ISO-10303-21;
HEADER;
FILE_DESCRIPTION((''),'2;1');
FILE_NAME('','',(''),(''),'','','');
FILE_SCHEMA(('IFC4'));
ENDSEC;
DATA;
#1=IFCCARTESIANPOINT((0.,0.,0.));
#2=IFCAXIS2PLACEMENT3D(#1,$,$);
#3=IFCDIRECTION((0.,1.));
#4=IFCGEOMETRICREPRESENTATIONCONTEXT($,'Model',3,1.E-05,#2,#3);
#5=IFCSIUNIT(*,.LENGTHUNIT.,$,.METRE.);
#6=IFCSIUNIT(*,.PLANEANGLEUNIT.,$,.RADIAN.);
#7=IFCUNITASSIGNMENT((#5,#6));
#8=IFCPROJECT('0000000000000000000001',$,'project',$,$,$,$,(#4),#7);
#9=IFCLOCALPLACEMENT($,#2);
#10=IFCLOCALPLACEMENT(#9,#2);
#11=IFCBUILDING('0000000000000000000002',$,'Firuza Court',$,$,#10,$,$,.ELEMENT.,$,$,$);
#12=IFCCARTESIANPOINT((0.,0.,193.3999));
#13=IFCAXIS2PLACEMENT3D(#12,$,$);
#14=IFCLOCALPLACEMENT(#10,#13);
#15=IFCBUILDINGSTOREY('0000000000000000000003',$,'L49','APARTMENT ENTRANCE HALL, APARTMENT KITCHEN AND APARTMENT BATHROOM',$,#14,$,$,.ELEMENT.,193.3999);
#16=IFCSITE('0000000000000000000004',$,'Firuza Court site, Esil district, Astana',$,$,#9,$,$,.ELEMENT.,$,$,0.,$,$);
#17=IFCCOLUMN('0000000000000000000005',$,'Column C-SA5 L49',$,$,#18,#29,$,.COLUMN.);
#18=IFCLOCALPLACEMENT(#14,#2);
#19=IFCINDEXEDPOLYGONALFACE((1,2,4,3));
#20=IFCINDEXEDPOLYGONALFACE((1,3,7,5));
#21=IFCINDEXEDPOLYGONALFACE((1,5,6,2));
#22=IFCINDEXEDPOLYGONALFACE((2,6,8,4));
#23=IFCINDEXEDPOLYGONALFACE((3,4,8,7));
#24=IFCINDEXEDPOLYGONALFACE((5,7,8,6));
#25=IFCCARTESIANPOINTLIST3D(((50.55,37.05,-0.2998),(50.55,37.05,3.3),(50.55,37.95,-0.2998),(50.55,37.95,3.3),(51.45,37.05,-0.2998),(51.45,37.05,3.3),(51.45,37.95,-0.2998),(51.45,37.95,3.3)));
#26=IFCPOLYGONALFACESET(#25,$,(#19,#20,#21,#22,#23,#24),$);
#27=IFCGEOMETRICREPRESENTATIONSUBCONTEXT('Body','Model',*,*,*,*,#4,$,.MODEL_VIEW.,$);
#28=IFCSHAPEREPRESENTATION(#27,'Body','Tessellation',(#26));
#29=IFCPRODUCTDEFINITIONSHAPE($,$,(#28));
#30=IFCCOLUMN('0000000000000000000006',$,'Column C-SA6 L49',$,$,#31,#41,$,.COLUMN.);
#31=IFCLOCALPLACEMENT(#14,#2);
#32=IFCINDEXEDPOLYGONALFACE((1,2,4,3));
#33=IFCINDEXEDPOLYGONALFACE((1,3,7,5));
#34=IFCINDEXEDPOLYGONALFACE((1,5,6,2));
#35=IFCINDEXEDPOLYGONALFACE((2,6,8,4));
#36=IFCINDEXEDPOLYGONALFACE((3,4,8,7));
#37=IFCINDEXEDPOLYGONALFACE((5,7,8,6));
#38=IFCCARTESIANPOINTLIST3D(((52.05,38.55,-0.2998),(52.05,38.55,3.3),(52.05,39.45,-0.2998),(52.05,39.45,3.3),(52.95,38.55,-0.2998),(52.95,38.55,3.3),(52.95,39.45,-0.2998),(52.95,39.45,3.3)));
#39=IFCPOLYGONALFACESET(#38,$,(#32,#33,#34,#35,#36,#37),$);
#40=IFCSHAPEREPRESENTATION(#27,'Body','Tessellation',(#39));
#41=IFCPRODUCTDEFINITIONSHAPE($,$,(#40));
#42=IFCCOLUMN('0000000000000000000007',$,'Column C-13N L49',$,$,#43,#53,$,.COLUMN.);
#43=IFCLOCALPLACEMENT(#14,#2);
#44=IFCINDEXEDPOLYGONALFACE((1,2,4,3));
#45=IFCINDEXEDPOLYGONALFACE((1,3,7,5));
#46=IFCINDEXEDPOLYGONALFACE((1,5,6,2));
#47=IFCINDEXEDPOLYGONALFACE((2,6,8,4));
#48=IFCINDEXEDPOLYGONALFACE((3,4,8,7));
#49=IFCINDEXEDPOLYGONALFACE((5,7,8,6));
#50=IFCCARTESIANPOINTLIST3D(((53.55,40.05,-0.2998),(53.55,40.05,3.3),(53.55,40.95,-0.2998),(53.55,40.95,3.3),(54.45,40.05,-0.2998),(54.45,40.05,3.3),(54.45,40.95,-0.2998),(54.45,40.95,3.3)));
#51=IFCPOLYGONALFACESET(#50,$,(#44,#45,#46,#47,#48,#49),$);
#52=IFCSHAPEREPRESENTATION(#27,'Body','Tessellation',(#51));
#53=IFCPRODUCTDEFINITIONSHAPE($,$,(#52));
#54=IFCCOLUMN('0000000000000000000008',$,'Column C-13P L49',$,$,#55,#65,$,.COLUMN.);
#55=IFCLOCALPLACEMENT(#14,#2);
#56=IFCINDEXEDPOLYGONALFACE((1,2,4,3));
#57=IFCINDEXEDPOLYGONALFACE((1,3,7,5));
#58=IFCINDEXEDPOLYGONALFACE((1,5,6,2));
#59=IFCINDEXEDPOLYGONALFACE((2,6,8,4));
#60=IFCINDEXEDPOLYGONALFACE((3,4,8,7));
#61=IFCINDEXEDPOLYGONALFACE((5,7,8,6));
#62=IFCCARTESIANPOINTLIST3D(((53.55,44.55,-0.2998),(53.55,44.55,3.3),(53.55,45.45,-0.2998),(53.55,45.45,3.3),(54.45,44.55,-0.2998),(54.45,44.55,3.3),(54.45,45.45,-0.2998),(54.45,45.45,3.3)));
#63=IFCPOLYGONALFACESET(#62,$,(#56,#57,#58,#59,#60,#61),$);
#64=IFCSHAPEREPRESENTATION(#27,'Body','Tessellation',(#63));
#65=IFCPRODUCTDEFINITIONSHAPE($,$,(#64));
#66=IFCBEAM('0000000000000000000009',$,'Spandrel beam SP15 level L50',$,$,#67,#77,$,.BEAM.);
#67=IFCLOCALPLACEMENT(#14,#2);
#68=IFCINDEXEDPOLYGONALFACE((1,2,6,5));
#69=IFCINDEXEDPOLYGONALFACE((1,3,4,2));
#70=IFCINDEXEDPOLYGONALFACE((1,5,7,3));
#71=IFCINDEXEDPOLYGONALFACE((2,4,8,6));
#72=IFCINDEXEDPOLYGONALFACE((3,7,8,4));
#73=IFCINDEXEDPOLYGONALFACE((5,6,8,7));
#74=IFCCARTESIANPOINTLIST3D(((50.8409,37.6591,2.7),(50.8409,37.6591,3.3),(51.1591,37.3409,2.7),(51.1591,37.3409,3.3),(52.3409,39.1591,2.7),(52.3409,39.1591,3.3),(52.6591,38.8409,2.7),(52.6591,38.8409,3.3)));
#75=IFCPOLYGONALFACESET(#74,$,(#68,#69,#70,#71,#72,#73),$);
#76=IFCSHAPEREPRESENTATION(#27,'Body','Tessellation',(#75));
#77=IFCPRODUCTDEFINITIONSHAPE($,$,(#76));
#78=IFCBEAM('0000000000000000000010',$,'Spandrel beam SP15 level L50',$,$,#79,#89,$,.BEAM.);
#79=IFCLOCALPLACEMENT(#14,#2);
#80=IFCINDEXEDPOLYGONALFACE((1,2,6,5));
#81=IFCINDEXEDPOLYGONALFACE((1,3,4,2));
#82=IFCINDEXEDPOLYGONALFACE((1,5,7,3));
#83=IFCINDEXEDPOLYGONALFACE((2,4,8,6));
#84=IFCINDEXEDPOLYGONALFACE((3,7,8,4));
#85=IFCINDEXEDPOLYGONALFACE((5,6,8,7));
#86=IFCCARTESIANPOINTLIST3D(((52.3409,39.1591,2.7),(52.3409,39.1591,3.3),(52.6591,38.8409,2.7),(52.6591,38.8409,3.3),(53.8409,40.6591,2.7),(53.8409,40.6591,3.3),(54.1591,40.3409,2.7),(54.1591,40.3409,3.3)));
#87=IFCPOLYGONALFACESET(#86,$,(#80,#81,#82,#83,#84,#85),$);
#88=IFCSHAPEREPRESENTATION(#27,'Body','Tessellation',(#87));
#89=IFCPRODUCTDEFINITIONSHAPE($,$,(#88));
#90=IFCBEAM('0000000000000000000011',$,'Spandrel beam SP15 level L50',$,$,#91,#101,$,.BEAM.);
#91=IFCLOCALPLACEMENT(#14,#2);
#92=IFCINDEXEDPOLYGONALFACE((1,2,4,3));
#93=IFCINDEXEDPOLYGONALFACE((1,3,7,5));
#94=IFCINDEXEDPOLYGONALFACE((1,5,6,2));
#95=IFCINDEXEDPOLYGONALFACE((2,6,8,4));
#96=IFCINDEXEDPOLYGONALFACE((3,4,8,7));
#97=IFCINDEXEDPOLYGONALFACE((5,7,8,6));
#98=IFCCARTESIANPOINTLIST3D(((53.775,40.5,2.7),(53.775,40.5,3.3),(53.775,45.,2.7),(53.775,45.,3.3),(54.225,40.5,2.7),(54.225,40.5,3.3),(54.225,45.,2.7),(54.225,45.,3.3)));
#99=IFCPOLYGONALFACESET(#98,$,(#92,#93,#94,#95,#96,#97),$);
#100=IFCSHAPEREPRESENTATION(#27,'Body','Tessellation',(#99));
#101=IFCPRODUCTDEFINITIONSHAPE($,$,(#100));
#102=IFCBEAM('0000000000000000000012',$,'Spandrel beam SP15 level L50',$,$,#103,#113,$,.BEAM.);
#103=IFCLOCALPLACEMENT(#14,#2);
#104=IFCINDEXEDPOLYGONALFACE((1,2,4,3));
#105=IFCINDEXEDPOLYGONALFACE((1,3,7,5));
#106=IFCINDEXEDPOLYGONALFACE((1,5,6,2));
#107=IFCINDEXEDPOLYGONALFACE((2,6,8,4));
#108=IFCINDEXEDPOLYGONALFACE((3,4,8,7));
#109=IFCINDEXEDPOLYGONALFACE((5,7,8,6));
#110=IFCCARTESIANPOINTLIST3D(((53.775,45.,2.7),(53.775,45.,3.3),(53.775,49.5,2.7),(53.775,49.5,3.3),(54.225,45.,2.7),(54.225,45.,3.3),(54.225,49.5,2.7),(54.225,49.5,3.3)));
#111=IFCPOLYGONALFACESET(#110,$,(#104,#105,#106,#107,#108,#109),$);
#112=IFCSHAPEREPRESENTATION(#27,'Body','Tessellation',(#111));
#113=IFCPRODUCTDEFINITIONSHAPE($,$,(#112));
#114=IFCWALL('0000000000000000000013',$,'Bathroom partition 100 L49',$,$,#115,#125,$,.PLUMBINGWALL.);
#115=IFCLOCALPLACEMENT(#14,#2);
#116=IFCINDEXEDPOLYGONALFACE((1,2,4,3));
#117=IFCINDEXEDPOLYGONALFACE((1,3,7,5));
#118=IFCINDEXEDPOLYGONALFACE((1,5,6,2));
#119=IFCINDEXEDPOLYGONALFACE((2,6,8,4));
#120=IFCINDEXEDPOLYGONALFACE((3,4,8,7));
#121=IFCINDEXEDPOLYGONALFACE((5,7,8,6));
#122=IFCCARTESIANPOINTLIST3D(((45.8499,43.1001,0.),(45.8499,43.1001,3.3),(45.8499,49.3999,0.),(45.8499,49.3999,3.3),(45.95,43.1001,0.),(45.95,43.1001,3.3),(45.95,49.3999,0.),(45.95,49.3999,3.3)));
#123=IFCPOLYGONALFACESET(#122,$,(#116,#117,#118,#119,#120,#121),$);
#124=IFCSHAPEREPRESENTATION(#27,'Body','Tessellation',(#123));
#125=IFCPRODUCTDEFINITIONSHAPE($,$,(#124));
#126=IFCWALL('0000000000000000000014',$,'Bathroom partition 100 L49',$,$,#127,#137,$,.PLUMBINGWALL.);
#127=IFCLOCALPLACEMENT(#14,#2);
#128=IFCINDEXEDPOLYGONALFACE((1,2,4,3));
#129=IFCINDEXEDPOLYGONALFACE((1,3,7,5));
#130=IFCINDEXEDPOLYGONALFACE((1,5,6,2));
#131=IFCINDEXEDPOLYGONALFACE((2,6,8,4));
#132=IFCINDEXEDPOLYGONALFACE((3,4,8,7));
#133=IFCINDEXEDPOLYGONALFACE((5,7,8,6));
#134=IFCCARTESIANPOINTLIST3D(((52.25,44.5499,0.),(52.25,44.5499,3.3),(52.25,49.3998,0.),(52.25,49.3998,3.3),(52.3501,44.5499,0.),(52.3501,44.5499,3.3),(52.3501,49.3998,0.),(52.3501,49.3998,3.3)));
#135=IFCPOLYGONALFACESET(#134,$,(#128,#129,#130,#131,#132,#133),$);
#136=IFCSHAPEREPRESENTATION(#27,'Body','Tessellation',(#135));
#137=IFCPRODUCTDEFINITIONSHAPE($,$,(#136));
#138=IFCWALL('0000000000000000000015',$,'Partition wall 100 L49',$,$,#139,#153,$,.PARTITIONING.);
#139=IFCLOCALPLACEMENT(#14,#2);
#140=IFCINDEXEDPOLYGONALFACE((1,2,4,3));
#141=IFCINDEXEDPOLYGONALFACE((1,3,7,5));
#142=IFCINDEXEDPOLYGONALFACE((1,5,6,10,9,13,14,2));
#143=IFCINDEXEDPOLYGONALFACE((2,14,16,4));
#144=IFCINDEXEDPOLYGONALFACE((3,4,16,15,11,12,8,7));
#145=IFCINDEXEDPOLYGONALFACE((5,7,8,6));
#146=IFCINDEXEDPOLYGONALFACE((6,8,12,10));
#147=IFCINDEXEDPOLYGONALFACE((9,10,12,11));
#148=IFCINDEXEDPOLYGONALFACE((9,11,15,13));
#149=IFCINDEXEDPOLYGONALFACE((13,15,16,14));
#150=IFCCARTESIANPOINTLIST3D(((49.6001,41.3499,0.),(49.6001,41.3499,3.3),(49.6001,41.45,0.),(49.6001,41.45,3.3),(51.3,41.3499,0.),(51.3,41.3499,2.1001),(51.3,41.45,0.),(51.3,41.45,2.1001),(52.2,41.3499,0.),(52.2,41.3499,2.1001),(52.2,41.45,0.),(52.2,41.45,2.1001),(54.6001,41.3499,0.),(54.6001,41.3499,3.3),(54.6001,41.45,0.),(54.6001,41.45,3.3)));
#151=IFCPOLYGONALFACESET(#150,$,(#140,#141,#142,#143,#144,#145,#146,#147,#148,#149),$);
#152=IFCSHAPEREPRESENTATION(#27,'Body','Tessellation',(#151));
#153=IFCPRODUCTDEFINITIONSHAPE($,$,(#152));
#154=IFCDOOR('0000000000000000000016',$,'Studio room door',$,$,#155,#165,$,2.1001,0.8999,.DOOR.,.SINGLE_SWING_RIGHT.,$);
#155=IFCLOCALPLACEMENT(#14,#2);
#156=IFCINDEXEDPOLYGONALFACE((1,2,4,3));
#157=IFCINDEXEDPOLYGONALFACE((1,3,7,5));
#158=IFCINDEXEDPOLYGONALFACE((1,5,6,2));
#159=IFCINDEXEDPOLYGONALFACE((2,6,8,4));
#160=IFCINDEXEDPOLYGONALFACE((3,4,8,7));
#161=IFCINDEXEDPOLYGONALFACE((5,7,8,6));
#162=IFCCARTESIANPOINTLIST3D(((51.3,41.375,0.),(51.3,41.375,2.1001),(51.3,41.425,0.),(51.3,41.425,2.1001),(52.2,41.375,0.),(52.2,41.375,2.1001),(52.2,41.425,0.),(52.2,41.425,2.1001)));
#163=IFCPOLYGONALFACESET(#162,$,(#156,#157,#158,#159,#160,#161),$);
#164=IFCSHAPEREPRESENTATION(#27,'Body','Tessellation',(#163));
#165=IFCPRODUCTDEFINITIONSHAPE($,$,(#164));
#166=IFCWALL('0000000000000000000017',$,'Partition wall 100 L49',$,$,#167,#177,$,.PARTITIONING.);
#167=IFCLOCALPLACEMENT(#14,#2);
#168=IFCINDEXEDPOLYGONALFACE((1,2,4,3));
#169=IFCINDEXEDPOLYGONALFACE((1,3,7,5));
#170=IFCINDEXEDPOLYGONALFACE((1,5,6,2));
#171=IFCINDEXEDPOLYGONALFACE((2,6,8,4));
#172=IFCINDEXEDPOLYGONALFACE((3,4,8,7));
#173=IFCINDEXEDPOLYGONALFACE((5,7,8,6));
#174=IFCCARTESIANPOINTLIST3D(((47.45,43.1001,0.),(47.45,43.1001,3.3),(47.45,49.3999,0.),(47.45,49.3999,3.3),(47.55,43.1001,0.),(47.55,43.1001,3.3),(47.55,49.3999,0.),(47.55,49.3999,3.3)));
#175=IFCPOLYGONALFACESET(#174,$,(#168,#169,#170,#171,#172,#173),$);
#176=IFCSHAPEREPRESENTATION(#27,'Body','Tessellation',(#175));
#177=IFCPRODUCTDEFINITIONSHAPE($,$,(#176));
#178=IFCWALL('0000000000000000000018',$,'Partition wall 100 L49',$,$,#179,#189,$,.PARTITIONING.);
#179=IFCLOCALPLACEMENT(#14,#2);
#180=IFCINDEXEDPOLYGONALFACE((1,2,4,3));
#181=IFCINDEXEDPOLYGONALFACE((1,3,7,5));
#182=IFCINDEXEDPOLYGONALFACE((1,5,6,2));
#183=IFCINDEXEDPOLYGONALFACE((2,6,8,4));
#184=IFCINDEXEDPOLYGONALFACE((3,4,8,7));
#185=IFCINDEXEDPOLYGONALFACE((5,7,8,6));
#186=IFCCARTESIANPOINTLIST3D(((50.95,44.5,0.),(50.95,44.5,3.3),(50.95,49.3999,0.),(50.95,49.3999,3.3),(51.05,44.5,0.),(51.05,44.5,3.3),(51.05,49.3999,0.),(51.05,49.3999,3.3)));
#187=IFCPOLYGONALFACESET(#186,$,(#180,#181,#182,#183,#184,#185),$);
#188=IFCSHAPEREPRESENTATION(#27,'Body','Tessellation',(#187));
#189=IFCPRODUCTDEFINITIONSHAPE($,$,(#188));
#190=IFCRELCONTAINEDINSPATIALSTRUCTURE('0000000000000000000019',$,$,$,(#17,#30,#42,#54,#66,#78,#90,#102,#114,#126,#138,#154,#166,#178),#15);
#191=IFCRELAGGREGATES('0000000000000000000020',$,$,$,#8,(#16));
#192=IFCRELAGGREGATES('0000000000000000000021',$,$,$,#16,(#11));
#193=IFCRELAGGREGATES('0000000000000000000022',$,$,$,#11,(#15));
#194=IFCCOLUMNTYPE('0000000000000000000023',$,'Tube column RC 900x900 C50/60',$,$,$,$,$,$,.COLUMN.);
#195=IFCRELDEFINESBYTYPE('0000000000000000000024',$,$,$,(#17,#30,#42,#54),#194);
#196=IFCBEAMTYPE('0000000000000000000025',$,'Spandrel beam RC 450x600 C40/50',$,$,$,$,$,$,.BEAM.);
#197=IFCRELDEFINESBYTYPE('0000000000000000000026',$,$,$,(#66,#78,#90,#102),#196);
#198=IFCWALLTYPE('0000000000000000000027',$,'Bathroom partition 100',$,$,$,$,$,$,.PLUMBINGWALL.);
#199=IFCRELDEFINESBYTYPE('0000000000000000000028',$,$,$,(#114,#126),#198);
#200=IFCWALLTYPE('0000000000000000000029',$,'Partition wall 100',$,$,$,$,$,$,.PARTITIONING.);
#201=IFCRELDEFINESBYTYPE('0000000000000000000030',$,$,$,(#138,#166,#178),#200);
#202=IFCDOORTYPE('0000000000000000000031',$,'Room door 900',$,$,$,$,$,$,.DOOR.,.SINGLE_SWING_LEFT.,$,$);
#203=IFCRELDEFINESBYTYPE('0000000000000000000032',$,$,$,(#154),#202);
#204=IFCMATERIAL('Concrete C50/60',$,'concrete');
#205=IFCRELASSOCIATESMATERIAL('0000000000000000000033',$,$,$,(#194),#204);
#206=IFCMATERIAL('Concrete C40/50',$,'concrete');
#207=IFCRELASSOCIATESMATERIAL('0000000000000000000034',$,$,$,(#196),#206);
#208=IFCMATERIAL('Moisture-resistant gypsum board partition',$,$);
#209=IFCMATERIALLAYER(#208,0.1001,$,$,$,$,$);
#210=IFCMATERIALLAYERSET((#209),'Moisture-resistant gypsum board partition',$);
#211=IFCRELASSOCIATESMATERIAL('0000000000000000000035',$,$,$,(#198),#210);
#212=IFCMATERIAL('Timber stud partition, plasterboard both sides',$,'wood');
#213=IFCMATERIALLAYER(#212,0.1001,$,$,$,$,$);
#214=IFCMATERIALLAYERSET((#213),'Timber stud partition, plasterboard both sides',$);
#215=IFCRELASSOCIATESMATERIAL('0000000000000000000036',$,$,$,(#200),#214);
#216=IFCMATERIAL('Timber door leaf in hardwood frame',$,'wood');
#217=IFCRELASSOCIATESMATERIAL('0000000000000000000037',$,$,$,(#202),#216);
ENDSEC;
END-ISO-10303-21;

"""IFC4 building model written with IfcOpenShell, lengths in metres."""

from ifc_helpers import new_model, si_unit, direction, frame, frame_2d, origin, origin_2d, place, context, subcontext, project, spatial, rectangle, extrude, material, layer, layer_set, material_profile, profile_set, type_object, element, fill, save


model = new_model("IFC4")

# Units and contexts
model_context = context("Model", 3, precision=1e-05, world=origin(), true_north=direction((0.0, 1.0)))
body_context = subcontext(model_context, "Body", "Model", "MODEL_VIEW")
ifc_project = project(units=[si_unit("LENGTHUNIT", "METRE"), si_unit("PLANEANGLEUNIT", "RADIAN")], contexts=[model_context])

# Site, building, storey
site_placement = place(None, origin())
site = spatial("IfcSite", under=ifc_project, at=site_placement, Name="Firuza Court site, Esil district, Astana", CompositionType="ELEMENT", RefElevation=0.0)
building_placement = place(site_placement, origin())
building = spatial("IfcBuilding", under=site, at=building_placement, Name="Firuza Court", CompositionType="ELEMENT")
storey_placement = place(building_placement, frame((0.0, 0.0, 193.3999)))
storey = spatial("IfcBuildingStorey", under=building, at=storey_placement, Name="L49", Description="APARTMENT ENTRANCE HALL, APARTMENT KITCHEN AND APARTMENT BATHROOM", CompositionType="ELEMENT", Elevation=193.3999)

# Columns
ifc_material_1 = material(Name="Concrete C50/60", Category="concrete")
ifc_material_profile_1 = material_profile(ifc_material_1, rectangle(XDim=0.8999, YDim=0.8999, at=origin_2d()), Name="RC 900x900")
ifc_profile_set_1 = profile_set([ifc_material_profile_1], Name="Concrete C50/60")
column_type = type_object("IfcColumnType", Name="Tube column RC 900x900 C50/60", PredefinedType="COLUMN", material=ifc_profile_set_1)
for number, where, z_axis, x_axis, name in (
    (1, (51.0, 37.5, -0.2998), (0.0, 0.0, 1.0), (1.0, 0.0, 0.0), "Column C-SA5 L49"),
    (2, (52.5, 39.0, -0.2998), (0.0, 0.0, 1.0), (1.0, 0.0, 0.0), "Column C-SA6 L49"),
    (3, (54.0, 40.5, -0.2998), (0.0, 0.0, 1.0), (1.0, 0.0, 0.0), "Column C-13N L49"),
    (4, (54.0, 45.0, -0.2998), (0.0, 0.0, 1.0), (1.0, 0.0, 0.0), "Column C-13P L49"),
):
    element("IfcColumn", number, at=place(storey_placement, frame(where, z_axis=z_axis, x_axis=x_axis)), inside=storey, type_object=column_type, Name=name, PredefinedType="COLUMN", context=body_context, shape_type="SweptSolid", body=[
        extrude(rectangle(XDim=0.8999, YDim=0.8999, at=origin_2d()), origin(), (0.0, 0.0, 1.0), 3.5999),
    ])

# Beams
ifc_material_2 = material(Name="Concrete C40/50", Category="concrete")
ifc_material_profile_2 = material_profile(ifc_material_2, rectangle(XDim=0.45, YDim=0.6001, at=origin_2d()), Name="RC 450x600")
ifc_profile_set_2 = profile_set([ifc_material_profile_2], Name="Concrete C40/50")
beam_type = type_object("IfcBeamType", Name="Spandrel beam RC 450x600 C40/50", PredefinedType="BEAM", material=ifc_profile_set_2)
for number, where, z_axis, x_axis, name in (
    (5, (51.0, 37.5, 3.0), (0.707107, 0.707107, 0.0), (-0.707107, 0.707107, 0.0), "Spandrel beam SP15 level L50"),
    (6, (52.5, 39.0, 3.0), (0.707107, 0.707107, 0.0), (-0.707107, 0.707107, 0.0), "Spandrel beam SP15 level L50"),
):
    element("IfcBeam", number, at=place(storey_placement, frame(where, z_axis=z_axis, x_axis=x_axis)), inside=storey, type_object=beam_type, Name=name, PredefinedType="BEAM", context=body_context, shape_type="SweptSolid", body=[
        extrude(rectangle(XDim=0.45, YDim=0.6001, at=origin_2d()), origin(), (0.0, 0.0, 1.0), 2.1213),
    ])
for number, where, z_axis, x_axis, name in (
    (7, (54.0, 40.5, 3.0), (0.0, 1.0, 0.0), (-1.0, 0.0, 0.0), "Spandrel beam SP15 level L50"),
    (8, (54.0, 45.0, 3.0), (0.0, 1.0, 0.0), (-1.0, 0.0, 0.0), "Spandrel beam SP15 level L50"),
):
    element("IfcBeam", number, at=place(storey_placement, frame(where, z_axis=z_axis, x_axis=x_axis)), inside=storey, type_object=beam_type, Name=name, PredefinedType="BEAM", context=body_context, shape_type="SweptSolid", body=[
        extrude(rectangle(XDim=0.45, YDim=0.6001, at=origin_2d()), origin(), (0.0, 0.0, 1.0), 4.5),
    ])

# Walls
ifc_material_3 = material(Name="Moisture-resistant gypsum board partition")
ifc_layer_1 = layer(ifc_material_3, 0.1001)
ifc_layer_set_1 = layer_set([ifc_layer_1], Name="Moisture-resistant gypsum board partition")
wall_type_1 = type_object("IfcWallType", Name="Bathroom partition 100", PredefinedType="PLUMBINGWALL", material=ifc_layer_set_1)
wall_1_placement = place(storey_placement, frame((45.8999, 43.1001, 0.0), z_axis=(0.0, 0.0, 1.0), x_axis=(0.0, 1.0, 0.0)))
element("IfcWall", 9, at=wall_1_placement, inside=storey, type_object=wall_type_1, Name="Bathroom partition 100 L49", PredefinedType="PLUMBINGWALL", context=body_context, shape_type="SweptSolid", body=[
    extrude(rectangle(XDim=6.2998, YDim=0.1001, at=frame_2d((3.1499, 0.0))), origin(), (0.0, 0.0, 1.0), 3.3),
])
wall_2_placement = place(storey_placement, frame((52.3, 44.55, 0.0), z_axis=(0.0, 0.0, 1.0), x_axis=(0.0, 1.0, 0.0)))
element("IfcWall", 10, at=wall_2_placement, inside=storey, type_object=wall_type_1, Name="Bathroom partition 100 L49", PredefinedType="PLUMBINGWALL", context=body_context, shape_type="SweptSolid", body=[
    extrude(rectangle(XDim=4.8499, YDim=0.1001, at=frame_2d((2.4248, 0.0))), origin(), (0.0, 0.0, 1.0), 3.3),
])

# Wall, opening, door
ifc_material_4 = material(Name="Timber stud partition, plasterboard both sides", Category="wood")
ifc_layer_2 = layer(ifc_material_4, 0.1001)
ifc_layer_set_2 = layer_set([ifc_layer_2], Name="Timber stud partition, plasterboard both sides")
wall_type_2 = type_object("IfcWallType", Name="Partition wall 100", PredefinedType="PARTITIONING", material=ifc_layer_set_2)
wall_3_placement = place(storey_placement, frame((49.6001, 41.3999, 0.0), z_axis=(0.0, 0.0, 1.0), x_axis=(1.0, 0.0, 0.0)))
wall_3 = element("IfcWall", 11, at=wall_3_placement, inside=storey, type_object=wall_type_2, Name="Partition wall 100 L49", PredefinedType="PARTITIONING", context=body_context, shape_type="SweptSolid", body=[
    extrude(rectangle(XDim=5.0, YDim=0.1001, at=frame_2d((2.5, 0.0))), origin(), (0.0, 0.0, 1.0), 3.3),
])
opening_1_placement = place(wall_3_placement, frame((1.7, 0.0, 0.0)))
opening_1 = element("IfcOpeningElement", 12, at=opening_1_placement, cuts=wall_3, PredefinedType="OPENING", context=body_context, shape_type="SweptSolid", body=[
    extrude(rectangle(XDim=0.8999, YDim=2.1001, at=frame_2d((0.45, 1.05))), frame((0.0, 0.062, 0.0), z_axis=(0.0, -1.0, 0.0), x_axis=(1.0, 0.0, 0.0)), (0.0, 0.0, 1.0), 0.124),
])
ifc_material_5 = material(Name="Timber door leaf in hardwood frame", Category="wood")
door_type_1 = type_object("IfcDoorType", Name="Room door 900", OperationType="SINGLE_SWING_LEFT", PredefinedType="DOOR", material=ifc_material_5)
door_1_placement = place(opening_1_placement, frame((0.8999, 0.0, 0.0), z_axis=(0.0, 0.0, 1.0), x_axis=(-1.0, 0.0, 0.0)))
door_1 = element("IfcDoor", 13, at=door_1_placement, inside=storey, type_object=door_type_1, Name="Studio room door", OperationType="SINGLE_SWING_RIGHT", OverallHeight=2.1001, OverallWidth=0.8999, PredefinedType="DOOR", context=body_context, shape_type="SweptSolid", body=[
    extrude(rectangle(XDim=0.8999, YDim=2.1001, at=frame_2d((0.45, 1.05))), frame((0.0, 0.0249, 0.0), z_axis=(0.0, -1.0, 0.0), x_axis=(1.0, 0.0, 0.0)), (0.0, 0.0, 1.0), 0.05),
])
fill(opening_1, door_1)

# Walls
wall_4_placement = place(storey_placement, frame((47.5, 43.1001, 0.0), z_axis=(0.0, 0.0, 1.0), x_axis=(0.0, 1.0, 0.0)))
element("IfcWall", 14, at=wall_4_placement, inside=storey, type_object=wall_type_2, Name="Partition wall 100 L49", PredefinedType="PARTITIONING", context=body_context, shape_type="SweptSolid", body=[
    extrude(rectangle(XDim=6.2998, YDim=0.1001, at=frame_2d((3.1499, 0.0))), origin(), (0.0, 0.0, 1.0), 3.3),
])
wall_5_placement = place(storey_placement, frame((51.0, 44.5, 0.0), z_axis=(0.0, 0.0, 1.0), x_axis=(0.0, 1.0, 0.0)))
element("IfcWall", 15, at=wall_5_placement, inside=storey, type_object=wall_type_2, Name="Partition wall 100 L49", PredefinedType="PARTITIONING", context=body_context, shape_type="SweptSolid", body=[
    extrude(rectangle(XDim=4.8999, YDim=0.1001, at=frame_2d((2.45, 0.0))), origin(), (0.0, 0.0, 1.0), 3.3),
])

save(model, "model.ifc")
